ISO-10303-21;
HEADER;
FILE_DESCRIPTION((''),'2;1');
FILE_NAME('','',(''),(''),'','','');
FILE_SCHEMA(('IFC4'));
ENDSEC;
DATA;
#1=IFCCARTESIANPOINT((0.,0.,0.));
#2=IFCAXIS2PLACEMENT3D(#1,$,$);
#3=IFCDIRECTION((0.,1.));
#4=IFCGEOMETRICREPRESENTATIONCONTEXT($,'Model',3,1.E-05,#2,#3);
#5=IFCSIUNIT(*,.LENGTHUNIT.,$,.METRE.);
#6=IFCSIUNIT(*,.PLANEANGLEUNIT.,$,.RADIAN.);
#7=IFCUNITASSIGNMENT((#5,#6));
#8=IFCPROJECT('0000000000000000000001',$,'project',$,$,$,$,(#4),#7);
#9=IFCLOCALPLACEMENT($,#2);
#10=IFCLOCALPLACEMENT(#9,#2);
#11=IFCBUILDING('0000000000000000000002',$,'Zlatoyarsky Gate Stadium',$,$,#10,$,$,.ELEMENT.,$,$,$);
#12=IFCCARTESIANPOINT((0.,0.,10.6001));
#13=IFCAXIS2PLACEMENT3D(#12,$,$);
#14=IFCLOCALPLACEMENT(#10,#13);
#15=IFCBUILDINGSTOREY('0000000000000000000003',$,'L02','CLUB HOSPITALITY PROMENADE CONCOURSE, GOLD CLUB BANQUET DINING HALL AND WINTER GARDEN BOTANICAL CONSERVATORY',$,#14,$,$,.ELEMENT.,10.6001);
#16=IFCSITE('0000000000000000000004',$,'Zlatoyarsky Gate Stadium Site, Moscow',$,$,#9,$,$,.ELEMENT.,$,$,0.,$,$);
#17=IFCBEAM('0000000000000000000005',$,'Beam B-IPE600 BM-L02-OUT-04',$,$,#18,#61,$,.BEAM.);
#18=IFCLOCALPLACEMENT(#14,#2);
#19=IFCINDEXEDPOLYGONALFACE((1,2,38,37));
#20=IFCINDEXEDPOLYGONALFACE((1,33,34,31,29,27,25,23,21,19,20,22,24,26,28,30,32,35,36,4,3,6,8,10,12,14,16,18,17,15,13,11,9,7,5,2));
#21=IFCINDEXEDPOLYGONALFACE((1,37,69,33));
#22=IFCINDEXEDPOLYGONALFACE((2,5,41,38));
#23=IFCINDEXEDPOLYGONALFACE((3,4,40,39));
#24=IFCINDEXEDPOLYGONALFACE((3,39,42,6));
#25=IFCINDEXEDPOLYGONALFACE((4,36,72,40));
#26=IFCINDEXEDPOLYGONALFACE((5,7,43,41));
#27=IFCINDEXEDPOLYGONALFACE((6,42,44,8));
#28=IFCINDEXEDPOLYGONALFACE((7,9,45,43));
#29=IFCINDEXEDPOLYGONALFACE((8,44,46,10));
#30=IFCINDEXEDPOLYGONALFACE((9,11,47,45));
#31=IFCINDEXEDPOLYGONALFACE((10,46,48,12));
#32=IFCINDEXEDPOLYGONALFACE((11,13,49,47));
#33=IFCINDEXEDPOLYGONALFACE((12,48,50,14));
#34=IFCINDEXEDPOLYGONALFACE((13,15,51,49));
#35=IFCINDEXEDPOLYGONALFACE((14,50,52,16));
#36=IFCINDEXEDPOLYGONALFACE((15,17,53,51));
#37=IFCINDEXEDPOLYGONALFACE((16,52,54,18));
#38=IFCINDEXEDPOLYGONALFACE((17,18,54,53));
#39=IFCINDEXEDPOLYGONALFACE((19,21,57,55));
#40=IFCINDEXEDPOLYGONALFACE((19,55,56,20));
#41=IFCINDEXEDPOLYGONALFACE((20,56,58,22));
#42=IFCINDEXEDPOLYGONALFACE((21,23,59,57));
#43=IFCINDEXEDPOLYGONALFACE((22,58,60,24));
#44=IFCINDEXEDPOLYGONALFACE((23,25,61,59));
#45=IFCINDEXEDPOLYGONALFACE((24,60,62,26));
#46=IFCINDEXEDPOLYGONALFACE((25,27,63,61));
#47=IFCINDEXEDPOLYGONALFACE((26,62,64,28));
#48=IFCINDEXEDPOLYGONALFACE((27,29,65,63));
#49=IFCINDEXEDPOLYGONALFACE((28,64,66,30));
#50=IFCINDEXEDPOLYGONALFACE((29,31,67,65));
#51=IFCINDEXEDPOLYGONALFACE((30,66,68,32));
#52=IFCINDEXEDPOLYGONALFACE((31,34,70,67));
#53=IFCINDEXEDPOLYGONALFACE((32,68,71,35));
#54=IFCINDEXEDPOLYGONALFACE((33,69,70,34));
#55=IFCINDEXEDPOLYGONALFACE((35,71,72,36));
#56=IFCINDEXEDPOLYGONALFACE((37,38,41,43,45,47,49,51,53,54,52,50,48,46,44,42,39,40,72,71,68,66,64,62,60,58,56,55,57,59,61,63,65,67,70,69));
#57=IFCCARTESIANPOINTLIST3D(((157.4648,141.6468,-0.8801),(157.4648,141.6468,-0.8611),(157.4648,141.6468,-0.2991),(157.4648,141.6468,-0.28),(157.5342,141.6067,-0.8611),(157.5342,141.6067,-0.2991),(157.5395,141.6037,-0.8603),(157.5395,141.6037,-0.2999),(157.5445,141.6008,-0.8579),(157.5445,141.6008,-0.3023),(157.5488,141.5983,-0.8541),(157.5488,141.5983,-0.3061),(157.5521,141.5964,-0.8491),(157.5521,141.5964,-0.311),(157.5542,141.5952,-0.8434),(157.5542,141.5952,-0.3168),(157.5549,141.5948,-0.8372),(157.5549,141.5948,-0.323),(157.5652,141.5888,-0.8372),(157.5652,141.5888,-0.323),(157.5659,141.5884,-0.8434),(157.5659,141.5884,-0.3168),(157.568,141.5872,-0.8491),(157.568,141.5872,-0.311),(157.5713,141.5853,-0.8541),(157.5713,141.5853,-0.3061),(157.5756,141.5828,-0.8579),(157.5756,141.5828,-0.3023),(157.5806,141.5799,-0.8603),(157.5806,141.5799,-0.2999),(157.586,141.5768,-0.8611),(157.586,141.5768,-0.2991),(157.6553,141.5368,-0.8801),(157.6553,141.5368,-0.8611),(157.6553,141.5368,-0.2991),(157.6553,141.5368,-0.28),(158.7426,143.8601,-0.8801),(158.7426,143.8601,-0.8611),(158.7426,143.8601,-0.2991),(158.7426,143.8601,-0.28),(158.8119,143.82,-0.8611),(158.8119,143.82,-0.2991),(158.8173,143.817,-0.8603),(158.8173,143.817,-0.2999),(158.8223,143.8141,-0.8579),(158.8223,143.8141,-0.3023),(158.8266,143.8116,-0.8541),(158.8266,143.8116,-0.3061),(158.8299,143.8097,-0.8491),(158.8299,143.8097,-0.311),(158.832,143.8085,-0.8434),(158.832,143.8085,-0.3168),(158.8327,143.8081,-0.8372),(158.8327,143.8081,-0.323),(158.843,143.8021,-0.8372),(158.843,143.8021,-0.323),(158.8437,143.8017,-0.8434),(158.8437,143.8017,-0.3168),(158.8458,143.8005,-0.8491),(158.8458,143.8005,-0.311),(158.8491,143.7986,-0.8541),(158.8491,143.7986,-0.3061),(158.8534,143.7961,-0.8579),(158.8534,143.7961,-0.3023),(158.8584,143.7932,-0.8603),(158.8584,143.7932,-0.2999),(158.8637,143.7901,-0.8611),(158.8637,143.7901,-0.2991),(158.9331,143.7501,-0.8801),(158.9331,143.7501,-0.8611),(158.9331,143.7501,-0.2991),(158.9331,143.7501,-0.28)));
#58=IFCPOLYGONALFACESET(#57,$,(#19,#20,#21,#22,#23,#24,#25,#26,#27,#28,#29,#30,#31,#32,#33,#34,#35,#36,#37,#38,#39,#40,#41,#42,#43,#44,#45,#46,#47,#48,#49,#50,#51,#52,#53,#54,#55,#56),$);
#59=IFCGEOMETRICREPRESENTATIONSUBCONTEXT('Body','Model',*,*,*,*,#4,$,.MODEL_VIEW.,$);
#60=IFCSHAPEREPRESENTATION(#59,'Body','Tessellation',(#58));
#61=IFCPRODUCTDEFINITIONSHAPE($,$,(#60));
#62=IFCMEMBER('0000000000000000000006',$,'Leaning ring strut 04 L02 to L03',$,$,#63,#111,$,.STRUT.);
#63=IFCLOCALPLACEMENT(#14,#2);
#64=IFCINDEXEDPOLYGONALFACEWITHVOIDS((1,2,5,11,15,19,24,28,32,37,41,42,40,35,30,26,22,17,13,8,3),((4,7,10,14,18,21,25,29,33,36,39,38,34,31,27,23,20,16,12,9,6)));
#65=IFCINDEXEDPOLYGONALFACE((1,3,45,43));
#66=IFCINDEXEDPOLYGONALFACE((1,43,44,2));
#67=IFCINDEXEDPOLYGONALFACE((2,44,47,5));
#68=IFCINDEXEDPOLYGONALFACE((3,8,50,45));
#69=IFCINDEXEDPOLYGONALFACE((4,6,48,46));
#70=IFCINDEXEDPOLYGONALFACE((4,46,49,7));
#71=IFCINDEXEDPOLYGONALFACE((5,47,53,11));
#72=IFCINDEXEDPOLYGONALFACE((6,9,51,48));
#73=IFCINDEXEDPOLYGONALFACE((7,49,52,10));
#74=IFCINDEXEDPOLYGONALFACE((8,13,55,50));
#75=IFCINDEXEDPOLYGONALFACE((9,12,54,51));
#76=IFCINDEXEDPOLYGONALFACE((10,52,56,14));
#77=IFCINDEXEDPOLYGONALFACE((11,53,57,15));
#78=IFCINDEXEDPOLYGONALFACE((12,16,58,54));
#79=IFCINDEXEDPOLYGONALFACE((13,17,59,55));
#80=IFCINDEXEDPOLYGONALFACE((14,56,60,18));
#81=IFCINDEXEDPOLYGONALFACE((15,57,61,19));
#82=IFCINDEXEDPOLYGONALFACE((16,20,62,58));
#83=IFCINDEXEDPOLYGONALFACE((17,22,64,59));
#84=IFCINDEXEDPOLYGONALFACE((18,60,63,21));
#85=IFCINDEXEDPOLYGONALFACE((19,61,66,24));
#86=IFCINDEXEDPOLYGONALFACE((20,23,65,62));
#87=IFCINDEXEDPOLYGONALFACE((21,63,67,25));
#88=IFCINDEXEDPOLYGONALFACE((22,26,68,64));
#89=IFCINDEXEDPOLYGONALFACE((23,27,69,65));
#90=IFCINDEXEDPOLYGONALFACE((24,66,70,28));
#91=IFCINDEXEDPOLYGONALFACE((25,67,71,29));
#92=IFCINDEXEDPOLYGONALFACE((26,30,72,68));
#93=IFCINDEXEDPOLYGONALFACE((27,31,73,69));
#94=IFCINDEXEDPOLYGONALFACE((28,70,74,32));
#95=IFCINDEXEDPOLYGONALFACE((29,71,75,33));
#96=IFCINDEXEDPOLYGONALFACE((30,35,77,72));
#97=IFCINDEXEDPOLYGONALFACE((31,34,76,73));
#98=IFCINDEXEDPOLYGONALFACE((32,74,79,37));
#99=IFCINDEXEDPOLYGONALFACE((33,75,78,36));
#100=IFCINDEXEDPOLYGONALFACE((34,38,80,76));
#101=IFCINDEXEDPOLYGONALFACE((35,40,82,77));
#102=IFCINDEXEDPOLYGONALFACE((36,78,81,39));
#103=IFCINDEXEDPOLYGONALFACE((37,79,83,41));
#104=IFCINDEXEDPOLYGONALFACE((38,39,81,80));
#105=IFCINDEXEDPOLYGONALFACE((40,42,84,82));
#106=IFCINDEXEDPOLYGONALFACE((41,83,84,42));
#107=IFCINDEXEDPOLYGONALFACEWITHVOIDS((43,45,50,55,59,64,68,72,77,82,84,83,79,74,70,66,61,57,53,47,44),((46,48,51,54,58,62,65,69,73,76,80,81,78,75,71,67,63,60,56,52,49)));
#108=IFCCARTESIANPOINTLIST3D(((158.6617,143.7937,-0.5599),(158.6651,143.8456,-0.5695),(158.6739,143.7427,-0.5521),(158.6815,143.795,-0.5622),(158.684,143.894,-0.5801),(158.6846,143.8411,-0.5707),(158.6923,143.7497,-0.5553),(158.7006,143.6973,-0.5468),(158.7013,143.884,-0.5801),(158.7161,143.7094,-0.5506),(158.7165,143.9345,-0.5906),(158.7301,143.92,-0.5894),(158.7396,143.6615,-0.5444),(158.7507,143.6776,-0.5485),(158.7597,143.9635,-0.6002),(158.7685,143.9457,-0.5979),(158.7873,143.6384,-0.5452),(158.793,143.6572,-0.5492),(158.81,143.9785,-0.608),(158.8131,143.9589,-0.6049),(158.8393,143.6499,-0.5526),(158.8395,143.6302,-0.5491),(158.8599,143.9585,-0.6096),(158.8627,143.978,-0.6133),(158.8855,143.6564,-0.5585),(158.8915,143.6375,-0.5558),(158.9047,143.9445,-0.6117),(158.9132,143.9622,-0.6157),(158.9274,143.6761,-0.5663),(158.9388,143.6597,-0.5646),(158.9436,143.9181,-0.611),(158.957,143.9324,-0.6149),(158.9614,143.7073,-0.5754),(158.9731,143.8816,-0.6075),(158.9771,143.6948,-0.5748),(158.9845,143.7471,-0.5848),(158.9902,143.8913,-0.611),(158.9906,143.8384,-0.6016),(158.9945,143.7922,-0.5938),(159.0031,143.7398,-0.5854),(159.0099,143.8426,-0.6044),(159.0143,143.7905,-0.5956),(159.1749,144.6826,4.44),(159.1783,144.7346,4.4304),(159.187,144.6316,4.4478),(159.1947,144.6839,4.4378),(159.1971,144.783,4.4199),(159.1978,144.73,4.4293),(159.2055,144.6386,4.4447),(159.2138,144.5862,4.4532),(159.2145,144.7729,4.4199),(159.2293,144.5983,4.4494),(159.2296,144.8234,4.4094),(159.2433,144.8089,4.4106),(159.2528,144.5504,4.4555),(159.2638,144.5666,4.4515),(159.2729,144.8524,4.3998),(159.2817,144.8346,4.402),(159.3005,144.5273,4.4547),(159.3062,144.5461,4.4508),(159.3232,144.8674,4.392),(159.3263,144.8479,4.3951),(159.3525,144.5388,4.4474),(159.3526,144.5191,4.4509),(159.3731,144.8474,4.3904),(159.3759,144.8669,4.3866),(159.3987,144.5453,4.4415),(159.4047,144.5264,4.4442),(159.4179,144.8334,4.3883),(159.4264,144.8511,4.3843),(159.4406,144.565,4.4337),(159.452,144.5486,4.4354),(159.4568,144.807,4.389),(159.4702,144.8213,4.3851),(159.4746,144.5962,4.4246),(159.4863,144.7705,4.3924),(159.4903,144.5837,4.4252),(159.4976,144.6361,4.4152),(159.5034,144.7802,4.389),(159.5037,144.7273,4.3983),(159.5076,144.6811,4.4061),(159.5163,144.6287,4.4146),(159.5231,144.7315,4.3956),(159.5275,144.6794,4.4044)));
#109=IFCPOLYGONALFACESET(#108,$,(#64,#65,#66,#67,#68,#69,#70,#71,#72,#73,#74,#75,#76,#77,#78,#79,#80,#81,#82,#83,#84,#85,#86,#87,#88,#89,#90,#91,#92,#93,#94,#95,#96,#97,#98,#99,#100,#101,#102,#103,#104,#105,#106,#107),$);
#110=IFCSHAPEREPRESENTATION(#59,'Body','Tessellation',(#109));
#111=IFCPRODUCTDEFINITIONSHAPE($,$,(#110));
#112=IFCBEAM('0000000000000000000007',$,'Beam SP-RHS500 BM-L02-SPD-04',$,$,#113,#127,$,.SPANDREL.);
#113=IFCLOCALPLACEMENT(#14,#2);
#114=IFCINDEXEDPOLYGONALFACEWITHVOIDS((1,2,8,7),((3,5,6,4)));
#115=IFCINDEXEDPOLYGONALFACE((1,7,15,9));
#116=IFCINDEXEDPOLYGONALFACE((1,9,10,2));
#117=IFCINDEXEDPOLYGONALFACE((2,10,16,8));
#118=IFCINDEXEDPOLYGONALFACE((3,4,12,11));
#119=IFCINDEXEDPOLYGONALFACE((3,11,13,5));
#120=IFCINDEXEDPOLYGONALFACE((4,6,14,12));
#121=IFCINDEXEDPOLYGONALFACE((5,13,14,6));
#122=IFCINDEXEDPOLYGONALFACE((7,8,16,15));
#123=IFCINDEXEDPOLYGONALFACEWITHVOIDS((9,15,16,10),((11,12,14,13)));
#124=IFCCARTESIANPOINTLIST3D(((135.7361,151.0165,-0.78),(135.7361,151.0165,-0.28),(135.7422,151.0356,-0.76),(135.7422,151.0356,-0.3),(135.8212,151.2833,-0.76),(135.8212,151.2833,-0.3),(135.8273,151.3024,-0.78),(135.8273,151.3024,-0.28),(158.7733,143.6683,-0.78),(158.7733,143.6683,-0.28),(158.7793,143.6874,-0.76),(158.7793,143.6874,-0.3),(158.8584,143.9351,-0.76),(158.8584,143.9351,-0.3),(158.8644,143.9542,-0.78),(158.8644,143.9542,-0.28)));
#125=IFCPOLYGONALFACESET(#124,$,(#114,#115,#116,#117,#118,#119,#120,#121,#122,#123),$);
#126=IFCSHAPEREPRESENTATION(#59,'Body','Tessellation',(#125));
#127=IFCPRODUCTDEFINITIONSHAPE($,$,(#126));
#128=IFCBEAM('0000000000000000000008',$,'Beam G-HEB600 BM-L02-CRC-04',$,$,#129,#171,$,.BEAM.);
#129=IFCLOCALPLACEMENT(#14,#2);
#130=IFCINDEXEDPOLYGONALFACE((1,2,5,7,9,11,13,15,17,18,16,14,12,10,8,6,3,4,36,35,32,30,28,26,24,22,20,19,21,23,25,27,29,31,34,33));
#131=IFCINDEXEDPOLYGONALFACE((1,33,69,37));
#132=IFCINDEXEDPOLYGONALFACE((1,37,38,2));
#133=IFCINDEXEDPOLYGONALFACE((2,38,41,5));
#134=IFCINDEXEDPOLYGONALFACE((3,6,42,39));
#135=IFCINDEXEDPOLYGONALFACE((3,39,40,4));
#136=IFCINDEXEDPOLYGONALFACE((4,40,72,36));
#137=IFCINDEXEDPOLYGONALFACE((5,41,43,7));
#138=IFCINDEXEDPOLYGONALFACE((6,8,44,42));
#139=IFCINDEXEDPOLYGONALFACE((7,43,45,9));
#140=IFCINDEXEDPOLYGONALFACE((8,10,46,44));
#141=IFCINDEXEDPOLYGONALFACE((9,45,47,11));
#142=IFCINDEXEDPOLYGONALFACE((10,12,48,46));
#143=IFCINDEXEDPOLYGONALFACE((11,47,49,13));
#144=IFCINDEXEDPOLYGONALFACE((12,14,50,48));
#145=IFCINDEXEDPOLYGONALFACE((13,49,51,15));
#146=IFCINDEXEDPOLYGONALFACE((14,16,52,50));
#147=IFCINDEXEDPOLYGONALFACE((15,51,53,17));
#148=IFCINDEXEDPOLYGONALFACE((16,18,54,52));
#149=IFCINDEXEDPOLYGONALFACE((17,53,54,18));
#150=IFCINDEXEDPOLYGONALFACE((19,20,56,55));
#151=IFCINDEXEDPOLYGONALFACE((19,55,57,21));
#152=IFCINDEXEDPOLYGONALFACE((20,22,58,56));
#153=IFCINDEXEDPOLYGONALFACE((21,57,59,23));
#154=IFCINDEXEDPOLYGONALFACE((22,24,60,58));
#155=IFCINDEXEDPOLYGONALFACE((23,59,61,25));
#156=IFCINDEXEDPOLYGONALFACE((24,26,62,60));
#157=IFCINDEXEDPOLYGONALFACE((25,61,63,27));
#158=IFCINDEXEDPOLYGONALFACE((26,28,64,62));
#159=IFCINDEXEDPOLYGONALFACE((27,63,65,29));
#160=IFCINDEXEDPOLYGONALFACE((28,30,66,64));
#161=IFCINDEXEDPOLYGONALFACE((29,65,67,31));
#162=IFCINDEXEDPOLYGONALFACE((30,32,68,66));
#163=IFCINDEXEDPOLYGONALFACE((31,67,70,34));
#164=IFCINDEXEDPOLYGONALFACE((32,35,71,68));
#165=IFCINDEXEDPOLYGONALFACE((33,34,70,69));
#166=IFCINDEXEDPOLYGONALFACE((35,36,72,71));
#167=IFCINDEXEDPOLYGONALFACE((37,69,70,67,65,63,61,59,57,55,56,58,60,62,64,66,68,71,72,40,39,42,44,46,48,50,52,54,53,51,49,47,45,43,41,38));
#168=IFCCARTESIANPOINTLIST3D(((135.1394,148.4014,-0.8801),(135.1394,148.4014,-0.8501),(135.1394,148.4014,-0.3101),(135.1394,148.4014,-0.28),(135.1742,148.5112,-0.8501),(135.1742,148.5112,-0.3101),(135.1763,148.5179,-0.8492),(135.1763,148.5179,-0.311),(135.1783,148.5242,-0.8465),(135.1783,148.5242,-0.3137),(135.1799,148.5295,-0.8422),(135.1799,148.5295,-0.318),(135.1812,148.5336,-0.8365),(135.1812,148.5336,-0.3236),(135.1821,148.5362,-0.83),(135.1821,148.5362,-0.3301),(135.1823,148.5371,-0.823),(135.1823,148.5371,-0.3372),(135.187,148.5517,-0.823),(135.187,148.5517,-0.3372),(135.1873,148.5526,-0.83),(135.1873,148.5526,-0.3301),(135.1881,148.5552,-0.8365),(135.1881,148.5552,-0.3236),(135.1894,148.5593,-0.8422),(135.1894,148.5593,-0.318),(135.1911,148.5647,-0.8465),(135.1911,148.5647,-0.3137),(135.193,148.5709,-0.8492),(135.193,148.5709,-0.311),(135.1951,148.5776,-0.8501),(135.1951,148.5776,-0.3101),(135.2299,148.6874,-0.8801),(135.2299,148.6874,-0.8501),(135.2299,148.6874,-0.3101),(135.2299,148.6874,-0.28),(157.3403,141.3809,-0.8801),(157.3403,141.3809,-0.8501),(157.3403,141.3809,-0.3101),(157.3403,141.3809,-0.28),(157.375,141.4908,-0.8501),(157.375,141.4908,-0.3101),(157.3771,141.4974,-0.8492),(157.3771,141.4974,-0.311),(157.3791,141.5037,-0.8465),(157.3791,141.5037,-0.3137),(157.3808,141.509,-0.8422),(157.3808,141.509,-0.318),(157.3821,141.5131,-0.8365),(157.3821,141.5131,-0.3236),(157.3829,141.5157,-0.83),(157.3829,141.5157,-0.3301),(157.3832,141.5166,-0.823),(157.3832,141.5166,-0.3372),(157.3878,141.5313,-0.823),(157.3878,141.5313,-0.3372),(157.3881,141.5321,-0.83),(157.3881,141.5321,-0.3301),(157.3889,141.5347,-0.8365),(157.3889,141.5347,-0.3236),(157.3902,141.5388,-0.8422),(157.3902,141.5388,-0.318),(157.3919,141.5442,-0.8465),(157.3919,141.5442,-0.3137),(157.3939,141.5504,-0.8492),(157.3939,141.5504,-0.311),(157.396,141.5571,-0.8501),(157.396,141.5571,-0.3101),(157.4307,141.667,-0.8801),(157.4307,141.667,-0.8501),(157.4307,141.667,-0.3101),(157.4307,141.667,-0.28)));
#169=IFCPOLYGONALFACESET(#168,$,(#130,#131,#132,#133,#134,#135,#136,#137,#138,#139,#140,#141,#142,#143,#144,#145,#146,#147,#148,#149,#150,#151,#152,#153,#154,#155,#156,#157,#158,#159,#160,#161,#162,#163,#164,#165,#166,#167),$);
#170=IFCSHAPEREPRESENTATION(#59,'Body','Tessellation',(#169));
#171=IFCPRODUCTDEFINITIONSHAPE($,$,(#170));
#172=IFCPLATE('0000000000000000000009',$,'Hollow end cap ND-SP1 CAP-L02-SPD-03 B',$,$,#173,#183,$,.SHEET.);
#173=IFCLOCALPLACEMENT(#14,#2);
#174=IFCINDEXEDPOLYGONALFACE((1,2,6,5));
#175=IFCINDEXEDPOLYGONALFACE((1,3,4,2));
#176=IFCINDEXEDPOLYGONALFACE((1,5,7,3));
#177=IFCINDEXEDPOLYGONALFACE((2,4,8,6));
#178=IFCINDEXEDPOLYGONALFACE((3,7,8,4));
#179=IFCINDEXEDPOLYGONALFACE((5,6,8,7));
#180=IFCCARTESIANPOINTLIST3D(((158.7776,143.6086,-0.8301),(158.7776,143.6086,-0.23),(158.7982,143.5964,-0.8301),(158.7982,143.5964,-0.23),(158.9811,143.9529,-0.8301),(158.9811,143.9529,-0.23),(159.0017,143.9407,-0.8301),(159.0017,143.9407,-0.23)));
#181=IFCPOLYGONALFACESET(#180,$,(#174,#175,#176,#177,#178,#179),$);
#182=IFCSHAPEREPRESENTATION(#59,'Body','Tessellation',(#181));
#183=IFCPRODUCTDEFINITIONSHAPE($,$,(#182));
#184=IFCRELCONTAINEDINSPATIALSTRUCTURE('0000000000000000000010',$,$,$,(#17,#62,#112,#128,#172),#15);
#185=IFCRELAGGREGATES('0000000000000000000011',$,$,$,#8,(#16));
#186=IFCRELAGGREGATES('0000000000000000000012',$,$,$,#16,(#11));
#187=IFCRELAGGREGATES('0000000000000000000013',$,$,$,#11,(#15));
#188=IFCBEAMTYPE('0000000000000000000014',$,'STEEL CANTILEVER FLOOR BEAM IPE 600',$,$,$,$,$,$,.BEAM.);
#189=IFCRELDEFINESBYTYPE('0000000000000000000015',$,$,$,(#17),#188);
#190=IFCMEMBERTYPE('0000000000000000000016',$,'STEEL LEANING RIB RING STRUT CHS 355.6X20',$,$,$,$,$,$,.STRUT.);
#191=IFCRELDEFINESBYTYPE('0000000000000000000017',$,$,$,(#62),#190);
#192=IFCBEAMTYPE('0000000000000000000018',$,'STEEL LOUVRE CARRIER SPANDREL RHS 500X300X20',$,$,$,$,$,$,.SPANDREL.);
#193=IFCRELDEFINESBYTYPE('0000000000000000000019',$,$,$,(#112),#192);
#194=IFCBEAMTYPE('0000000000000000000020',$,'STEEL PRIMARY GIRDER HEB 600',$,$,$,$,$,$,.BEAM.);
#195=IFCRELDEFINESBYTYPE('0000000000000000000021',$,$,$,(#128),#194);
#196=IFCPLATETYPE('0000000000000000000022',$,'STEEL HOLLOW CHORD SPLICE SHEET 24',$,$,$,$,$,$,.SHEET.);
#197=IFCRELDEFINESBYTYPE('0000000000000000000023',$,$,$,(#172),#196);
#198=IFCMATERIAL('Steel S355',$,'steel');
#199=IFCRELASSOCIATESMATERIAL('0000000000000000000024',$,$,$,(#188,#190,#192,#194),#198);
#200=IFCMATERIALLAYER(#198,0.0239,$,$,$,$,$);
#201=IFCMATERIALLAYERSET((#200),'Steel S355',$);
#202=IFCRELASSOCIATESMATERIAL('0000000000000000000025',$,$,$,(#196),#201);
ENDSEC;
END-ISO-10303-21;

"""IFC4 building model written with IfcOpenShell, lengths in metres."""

from ifc_helpers import new_model, si_unit, direction, frame, origin, origin_2d, place, context, subcontext, project, spatial, rectangle, hollow_rectangle, hollow_circle, i_section, extrude, material, layer, layer_set, material_profile, profile_set, type_object, element, save


model = new_model("IFC4")

# Units and contexts
model_context = context("Model", 3, precision=1e-05, world=origin(), true_north=direction((0.0, 1.0)))
body_context = subcontext(model_context, "Body", "Model", "MODEL_VIEW")
ifc_project = project(units=[si_unit("LENGTHUNIT", "METRE"), si_unit("PLANEANGLEUNIT", "RADIAN")], contexts=[model_context])

# Site, building, storey
site_placement = place(None, origin())
site = spatial("IfcSite", under=ifc_project, at=site_placement, Name="Zlatoyarsky Gate Stadium Site, Moscow", CompositionType="ELEMENT", RefElevation=0.0)
building_placement = place(site_placement, origin())
building = spatial("IfcBuilding", under=site, at=building_placement, Name="Zlatoyarsky Gate Stadium", CompositionType="ELEMENT")
storey_placement = place(building_placement, frame((0.0, 0.0, 10.6001)))
storey = spatial("IfcBuildingStorey", under=building, at=storey_placement, Name="L02", Description="CLUB HOSPITALITY PROMENADE CONCOURSE, GOLD CLUB BANQUET DINING HALL AND WINTER GARDEN BOTANICAL CONSERVATORY", CompositionType="ELEMENT", Elevation=10.6001)

# Shared definitions
ifc_material_1 = material(Name="Steel S355", Category="steel")

# Beam
ifc_material_profile_1 = material_profile(ifc_material_1, i_section(OverallWidth=0.22, OverallDepth=0.6001, WebThickness=0.012, FlangeThickness=0.019, FilletRadius=0.0239, at=origin_2d()), Name="IPE 600")
ifc_profile_set_1 = profile_set([ifc_material_profile_1], Name="Steel S355")
beam_type_1 = type_object("IfcBeamType", Name="STEEL CANTILEVER FLOOR BEAM IPE 600", PredefinedType="BEAM", material=ifc_profile_set_1)
beam_1_placement = place(storey_placement, frame((157.5601, 141.5918, -0.5801), z_axis=(0.499982, 0.866036, 0.0), x_axis=(-0.866036, 0.499982, 0.0)))
element("IfcBeam", 1, at=beam_1_placement, inside=storey, type_object=beam_type_1, Name="Beam B-IPE600 BM-L02-OUT-04", PredefinedType="BEAM", context=body_context, shape_type="SweptSolid", body=[
    extrude(i_section(OverallWidth=0.22, OverallDepth=0.6001, WebThickness=0.012, FlangeThickness=0.019, FilletRadius=0.0239, at=origin_2d()), origin(), (0.0, 0.0, 1.0), 2.5557),
])

# Member
ifc_material_profile_2 = material_profile(ifc_material_1, hollow_circle(Radius=0.1777, WallThickness=0.02, at=origin_2d()), Name="CHS 355.6X20")
ifc_profile_set_2 = profile_set([ifc_material_profile_2], Name="Steel S355")
member_type_1 = type_object("IfcMemberType", Name="STEEL LEANING RIB RING STRUT CHS 355.6X20", PredefinedType="STRUT", material=ifc_profile_set_2)
member_1_placement = place(storey_placement, frame((158.8379, 143.8052, -0.5801), z_axis=(0.10054, 0.174152, 0.979573), x_axis=(-0.866039, 0.499976, 0.0)))
element("IfcMember", 2, at=member_1_placement, inside=storey, type_object=member_type_1, Name="Leaning ring strut 04 L02 to L03", PredefinedType="STRUT", context=body_context, shape_type="SweptSolid", body=[
    extrude(hollow_circle(Radius=0.1777, WallThickness=0.02, at=origin_2d()), origin(), (0.0, 0.0, 1.0), 5.1042),
])

# Beams
ifc_material_profile_3 = material_profile(ifc_material_1, hollow_rectangle(XDim=0.3, YDim=0.5, WallThickness=0.02, at=origin_2d()), Name="RHS 500X300X20")
ifc_profile_set_3 = profile_set([ifc_material_profile_3], Name="Steel S355")
beam_type_2 = type_object("IfcBeamType", Name="STEEL LOUVRE CARRIER SPANDREL RHS 500X300X20", PredefinedType="SPANDREL", material=ifc_profile_set_3)
beam_2_placement = place(storey_placement, frame((158.8188, 143.8113, -0.53), z_axis=(-0.952709, 0.303885, 0.0), x_axis=(-0.303885, -0.952709, 0.0)))
element("IfcBeam", 3, at=beam_2_placement, inside=storey, type_object=beam_type_2, Name="Beam SP-RHS500 BM-L02-SPD-04", PredefinedType="SPANDREL", context=body_context, shape_type="SweptSolid", body=[
    extrude(hollow_rectangle(XDim=0.3, YDim=0.5, WallThickness=0.02, at=origin_2d()), origin(), (0.0, 0.0, 1.0), 24.1807),
])
ifc_material_profile_4 = material_profile(ifc_material_1, i_section(OverallWidth=0.3, OverallDepth=0.6001, WebThickness=0.0154, FlangeThickness=0.03, FilletRadius=0.0271, at=origin_2d()), Name="HEB 600")
ifc_profile_set_4 = profile_set([ifc_material_profile_4], Name="Steel S355")
beam_type_3 = type_object("IfcBeamType", Name="STEEL PRIMARY GIRDER HEB 600", PredefinedType="BEAM", material=ifc_profile_set_4)
beam_3_placement = place(storey_placement, frame((157.3855, 141.5239, -0.5801), z_axis=(-0.953463, 0.30151, 0.0), x_axis=(-0.30151, -0.953463, 0.0)))
element("IfcBeam", 4, at=beam_3_placement, inside=storey, type_object=beam_type_3, Name="Beam G-HEB600 BM-L02-CRC-04", PredefinedType="BEAM", context=body_context, shape_type="SweptSolid", body=[
    extrude(i_section(OverallWidth=0.3, OverallDepth=0.6001, WebThickness=0.0154, FlangeThickness=0.03, FilletRadius=0.0271, at=origin_2d()), origin(), (0.0, 0.0, 1.0), 23.2844),
])

# Plate
ifc_layer_1 = layer(ifc_material_1, 0.0239)
ifc_layer_set_1 = layer_set([ifc_layer_1], Name="Steel S355")
plate_type_1 = type_object("IfcPlateType", Name="STEEL HOLLOW CHORD SPLICE SHEET 24", PredefinedType="SHEET", material=ifc_layer_set_1)
for number, where, z_axis, x_axis, name in (
    (5, (158.8896, 143.7747, -0.8301), (0.0, 0.0, 1.0), (-0.860935, 0.508716, 0.0), "Hollow end cap ND-SP1 CAP-L02-SPD-03 B"),
):
    element("IfcPlate", number, at=place(storey_placement, frame(where, z_axis=z_axis, x_axis=x_axis)), inside=storey, type_object=plate_type_1, Name=name, PredefinedType="SHEET", context=body_context, shape_type="SweptSolid", body=[
        extrude(rectangle(XDim=0.0239, YDim=0.3999, at=origin_2d()), origin(), (0.0, 0.0, 1.0), 0.6001),
    ])

save(model, "model.ifc")
